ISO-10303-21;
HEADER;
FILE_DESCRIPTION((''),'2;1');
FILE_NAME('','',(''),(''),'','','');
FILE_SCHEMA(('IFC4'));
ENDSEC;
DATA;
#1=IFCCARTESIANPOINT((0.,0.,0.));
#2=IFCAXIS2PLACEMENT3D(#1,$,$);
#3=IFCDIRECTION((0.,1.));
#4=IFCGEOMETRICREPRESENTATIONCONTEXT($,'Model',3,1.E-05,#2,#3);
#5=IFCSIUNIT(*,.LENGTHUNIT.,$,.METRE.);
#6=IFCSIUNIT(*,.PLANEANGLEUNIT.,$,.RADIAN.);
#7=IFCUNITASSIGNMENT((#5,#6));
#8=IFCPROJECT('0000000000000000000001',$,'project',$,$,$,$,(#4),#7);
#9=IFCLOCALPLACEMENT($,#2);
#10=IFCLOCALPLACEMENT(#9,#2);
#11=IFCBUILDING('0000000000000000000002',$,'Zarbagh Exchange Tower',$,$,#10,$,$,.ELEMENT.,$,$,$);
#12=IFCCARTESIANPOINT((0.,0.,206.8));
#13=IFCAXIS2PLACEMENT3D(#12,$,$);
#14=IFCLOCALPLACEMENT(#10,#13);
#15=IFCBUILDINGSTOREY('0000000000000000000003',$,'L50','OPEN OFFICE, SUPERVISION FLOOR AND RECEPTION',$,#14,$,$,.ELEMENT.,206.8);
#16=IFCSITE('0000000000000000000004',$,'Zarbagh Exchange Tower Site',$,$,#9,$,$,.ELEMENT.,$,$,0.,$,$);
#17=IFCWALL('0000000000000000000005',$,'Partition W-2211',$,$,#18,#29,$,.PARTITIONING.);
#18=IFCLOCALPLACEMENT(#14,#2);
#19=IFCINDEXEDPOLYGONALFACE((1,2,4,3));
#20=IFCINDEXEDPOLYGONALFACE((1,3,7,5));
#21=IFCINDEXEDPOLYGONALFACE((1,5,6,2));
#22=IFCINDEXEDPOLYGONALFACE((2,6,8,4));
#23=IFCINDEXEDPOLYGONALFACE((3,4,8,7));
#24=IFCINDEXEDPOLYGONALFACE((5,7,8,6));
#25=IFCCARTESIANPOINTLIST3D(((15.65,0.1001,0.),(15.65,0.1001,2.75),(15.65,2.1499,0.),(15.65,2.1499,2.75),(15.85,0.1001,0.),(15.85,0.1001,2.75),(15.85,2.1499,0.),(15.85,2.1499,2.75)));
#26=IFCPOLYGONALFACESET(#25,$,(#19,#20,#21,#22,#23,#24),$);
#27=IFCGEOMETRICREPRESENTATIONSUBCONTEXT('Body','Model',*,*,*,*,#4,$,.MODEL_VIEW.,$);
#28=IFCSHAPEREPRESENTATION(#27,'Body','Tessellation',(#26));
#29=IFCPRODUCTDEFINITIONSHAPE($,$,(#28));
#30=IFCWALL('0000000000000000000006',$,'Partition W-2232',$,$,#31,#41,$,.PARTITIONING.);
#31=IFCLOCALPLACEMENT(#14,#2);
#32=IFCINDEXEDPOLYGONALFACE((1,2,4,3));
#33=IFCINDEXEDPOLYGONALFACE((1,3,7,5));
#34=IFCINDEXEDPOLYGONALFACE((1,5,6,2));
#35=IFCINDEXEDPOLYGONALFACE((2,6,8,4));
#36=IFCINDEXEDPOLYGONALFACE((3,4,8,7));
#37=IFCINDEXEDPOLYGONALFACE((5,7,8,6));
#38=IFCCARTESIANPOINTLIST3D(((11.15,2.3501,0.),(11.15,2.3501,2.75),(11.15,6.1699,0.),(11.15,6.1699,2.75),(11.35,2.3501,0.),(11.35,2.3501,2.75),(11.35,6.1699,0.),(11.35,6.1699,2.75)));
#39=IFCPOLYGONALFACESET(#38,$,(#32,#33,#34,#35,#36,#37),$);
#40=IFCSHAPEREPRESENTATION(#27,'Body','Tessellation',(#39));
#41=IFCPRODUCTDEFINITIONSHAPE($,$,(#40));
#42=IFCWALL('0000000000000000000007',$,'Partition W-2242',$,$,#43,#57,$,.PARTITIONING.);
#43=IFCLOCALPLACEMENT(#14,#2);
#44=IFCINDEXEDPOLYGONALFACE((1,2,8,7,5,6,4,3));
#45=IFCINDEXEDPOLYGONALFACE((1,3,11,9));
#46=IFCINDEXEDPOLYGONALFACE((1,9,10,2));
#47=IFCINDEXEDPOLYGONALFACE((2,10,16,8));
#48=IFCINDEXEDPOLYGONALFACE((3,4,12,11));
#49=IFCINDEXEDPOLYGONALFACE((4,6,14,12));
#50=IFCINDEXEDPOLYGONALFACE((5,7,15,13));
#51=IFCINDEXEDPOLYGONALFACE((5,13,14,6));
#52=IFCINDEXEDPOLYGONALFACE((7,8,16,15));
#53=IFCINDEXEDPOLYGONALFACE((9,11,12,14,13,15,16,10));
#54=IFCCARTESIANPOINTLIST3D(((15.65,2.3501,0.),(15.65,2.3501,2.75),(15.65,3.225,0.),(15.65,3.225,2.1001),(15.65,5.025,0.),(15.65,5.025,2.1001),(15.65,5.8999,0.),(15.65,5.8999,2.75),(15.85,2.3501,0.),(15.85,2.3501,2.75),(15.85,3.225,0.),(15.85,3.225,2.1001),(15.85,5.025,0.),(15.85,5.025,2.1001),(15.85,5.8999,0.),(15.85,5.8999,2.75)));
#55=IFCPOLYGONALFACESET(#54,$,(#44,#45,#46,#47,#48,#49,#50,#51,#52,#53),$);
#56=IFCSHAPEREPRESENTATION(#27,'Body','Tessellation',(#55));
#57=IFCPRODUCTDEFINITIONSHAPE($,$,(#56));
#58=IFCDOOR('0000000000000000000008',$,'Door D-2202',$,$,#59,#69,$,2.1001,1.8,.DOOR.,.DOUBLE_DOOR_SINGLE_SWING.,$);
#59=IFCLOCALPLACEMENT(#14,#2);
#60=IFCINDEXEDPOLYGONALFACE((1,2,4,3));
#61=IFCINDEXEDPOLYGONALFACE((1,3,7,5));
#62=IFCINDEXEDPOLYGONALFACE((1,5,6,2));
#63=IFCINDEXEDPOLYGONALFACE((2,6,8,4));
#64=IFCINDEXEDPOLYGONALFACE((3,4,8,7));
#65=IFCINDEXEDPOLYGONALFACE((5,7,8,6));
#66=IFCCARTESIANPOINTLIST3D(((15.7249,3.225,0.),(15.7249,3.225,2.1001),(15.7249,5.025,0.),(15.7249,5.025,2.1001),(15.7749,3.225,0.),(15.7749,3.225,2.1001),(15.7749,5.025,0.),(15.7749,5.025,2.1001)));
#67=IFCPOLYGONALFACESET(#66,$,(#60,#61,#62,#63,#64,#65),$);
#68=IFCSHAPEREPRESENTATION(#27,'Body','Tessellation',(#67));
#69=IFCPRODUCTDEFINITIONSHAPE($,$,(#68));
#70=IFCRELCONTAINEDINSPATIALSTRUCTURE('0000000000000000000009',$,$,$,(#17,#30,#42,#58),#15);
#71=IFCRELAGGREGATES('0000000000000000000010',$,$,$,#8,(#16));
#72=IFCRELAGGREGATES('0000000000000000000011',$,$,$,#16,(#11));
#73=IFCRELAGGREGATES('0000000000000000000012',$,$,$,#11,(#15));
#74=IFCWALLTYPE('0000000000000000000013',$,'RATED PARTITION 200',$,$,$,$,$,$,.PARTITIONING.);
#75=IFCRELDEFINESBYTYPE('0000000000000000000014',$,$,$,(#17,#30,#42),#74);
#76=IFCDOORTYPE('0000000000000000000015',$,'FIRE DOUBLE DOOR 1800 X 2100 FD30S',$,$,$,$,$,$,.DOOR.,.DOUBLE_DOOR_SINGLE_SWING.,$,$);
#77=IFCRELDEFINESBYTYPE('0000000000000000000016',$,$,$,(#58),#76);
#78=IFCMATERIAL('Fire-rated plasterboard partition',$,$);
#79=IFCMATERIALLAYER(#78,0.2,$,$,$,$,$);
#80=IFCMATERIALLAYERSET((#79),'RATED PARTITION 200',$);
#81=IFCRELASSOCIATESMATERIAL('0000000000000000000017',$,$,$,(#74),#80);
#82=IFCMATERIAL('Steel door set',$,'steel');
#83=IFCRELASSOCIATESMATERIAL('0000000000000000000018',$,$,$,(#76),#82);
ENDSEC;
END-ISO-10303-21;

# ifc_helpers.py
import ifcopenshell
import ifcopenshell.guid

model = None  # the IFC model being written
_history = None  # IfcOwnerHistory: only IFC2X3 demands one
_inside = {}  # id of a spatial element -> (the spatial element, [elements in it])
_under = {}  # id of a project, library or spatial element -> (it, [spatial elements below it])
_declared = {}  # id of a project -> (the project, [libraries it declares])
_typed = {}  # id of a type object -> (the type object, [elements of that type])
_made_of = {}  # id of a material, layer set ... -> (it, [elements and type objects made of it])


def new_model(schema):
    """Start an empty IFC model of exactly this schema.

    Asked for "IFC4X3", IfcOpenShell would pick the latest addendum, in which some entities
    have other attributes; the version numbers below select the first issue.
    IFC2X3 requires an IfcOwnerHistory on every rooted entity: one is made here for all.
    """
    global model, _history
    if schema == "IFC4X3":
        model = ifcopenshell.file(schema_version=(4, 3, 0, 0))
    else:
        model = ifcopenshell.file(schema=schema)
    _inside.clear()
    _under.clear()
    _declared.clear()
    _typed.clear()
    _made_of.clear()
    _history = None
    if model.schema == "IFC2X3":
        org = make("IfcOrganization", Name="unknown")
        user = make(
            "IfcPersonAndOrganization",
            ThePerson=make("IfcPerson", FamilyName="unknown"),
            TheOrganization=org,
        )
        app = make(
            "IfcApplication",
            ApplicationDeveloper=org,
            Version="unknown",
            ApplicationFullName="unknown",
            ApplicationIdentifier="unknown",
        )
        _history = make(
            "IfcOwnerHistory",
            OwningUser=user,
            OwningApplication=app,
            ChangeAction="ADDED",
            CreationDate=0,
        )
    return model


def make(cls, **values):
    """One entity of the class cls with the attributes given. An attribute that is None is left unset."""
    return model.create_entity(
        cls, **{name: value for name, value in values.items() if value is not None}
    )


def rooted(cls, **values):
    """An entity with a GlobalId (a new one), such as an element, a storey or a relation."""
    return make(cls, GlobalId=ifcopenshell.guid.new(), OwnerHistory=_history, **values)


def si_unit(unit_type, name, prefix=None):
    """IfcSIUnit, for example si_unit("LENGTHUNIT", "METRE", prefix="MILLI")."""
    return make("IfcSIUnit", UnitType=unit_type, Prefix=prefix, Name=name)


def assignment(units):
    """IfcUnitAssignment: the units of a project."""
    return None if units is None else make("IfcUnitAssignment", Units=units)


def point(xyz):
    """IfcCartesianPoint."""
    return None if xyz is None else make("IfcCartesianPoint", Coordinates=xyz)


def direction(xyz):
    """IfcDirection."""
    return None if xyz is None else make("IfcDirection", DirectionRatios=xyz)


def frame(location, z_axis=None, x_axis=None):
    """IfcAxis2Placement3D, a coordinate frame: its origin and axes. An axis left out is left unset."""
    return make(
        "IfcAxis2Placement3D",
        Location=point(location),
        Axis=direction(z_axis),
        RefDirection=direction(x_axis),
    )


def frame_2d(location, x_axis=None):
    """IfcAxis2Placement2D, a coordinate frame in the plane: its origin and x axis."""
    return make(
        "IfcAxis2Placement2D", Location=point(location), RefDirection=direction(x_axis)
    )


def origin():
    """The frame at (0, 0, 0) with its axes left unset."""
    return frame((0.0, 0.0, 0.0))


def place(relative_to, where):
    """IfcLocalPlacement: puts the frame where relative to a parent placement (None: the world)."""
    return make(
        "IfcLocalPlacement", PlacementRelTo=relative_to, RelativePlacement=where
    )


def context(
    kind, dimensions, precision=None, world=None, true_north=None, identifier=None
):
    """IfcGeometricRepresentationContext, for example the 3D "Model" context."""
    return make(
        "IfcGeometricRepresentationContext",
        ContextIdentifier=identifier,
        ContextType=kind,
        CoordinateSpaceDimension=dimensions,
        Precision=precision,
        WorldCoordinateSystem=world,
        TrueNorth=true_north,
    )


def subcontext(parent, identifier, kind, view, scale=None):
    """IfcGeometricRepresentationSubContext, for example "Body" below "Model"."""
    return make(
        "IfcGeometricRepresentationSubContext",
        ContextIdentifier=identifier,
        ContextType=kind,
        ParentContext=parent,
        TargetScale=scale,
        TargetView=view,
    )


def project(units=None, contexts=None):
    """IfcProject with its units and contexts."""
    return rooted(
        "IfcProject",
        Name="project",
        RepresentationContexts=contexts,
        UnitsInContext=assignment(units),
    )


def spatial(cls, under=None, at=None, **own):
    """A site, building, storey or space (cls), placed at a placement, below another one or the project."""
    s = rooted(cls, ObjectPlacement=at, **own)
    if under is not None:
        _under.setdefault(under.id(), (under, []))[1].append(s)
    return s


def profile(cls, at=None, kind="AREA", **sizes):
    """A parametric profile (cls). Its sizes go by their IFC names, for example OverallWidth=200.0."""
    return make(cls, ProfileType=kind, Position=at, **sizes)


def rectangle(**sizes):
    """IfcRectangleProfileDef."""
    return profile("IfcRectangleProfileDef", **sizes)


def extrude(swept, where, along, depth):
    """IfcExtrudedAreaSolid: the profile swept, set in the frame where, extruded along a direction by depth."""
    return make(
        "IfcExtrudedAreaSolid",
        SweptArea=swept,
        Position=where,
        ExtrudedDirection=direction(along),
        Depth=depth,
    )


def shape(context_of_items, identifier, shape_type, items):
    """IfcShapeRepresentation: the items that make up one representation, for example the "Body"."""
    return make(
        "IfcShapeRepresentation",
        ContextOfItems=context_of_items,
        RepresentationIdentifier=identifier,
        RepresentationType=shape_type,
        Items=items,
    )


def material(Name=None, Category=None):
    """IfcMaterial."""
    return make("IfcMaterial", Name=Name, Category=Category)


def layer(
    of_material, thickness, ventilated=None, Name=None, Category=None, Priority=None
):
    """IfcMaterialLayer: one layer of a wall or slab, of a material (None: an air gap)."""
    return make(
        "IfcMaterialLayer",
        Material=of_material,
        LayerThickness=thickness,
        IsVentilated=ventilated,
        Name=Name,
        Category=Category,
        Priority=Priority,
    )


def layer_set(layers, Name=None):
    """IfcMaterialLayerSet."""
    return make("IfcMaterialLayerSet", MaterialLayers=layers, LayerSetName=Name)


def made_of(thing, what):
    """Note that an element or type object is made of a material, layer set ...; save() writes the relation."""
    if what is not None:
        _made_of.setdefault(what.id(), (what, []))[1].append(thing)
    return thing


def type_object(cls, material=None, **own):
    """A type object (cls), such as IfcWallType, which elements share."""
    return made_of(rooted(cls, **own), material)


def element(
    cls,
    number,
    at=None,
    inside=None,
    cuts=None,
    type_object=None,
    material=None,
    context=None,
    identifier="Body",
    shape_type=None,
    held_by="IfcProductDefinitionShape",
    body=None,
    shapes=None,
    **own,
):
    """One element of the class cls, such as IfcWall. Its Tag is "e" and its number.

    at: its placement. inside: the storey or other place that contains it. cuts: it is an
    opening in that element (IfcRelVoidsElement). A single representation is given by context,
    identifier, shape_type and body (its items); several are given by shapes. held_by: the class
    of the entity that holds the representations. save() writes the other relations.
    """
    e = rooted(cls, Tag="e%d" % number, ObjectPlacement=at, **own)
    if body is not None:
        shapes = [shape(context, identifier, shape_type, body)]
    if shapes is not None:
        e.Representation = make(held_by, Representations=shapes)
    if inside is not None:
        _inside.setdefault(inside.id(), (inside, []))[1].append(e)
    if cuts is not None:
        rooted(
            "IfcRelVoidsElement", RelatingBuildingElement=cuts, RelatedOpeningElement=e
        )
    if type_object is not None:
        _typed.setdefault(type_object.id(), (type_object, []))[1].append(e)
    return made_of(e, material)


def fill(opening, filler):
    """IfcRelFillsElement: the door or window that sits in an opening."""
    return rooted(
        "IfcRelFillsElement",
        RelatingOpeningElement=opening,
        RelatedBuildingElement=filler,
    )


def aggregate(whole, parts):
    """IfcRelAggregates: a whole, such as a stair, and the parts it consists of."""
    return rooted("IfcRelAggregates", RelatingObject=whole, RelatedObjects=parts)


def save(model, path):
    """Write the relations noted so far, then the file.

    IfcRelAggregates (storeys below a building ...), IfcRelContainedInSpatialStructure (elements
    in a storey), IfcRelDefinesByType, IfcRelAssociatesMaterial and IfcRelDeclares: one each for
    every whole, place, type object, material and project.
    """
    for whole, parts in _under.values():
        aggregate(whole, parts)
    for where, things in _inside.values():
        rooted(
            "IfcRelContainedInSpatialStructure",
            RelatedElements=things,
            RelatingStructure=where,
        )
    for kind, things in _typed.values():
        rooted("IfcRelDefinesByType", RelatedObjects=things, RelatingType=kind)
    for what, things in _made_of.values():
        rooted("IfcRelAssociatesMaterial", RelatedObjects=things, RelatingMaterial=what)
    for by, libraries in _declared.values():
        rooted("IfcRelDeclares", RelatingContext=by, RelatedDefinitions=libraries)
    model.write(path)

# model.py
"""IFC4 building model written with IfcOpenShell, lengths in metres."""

from ifc_helpers import new_model, si_unit, direction, frame, frame_2d, origin, place, context, subcontext, project, spatial, rectangle, extrude, material, layer, layer_set, type_object, element, fill, save


model = new_model("IFC4")

# Units and contexts
model_context = context("Model", 3, precision=1e-05, world=origin(), true_north=direction((0.0, 1.0)))
body_context = subcontext(model_context, "Body", "Model", "MODEL_VIEW")
ifc_project = project(units=[si_unit("LENGTHUNIT", "METRE"), si_unit("PLANEANGLEUNIT", "RADIAN")], contexts=[model_context])

# Site, building, storey
site_placement = place(None, origin())
site = spatial("IfcSite", under=ifc_project, at=site_placement, Name="Zarbagh Exchange Tower Site", CompositionType="ELEMENT", RefElevation=0.0)
building_placement = place(site_placement, origin())
building = spatial("IfcBuilding", under=site, at=building_placement, Name="Zarbagh Exchange Tower", CompositionType="ELEMENT")
storey_placement = place(building_placement, frame((0.0, 0.0, 206.8)))
storey = spatial("IfcBuildingStorey", under=building, at=storey_placement, Name="L50", Description="OPEN OFFICE, SUPERVISION FLOOR AND RECEPTION", CompositionType="ELEMENT", Elevation=206.8)

# Shared definitions
ifc_material_1 = material(Name="Fire-rated plasterboard partition")
ifc_layer_1 = layer(ifc_material_1, 0.2)
ifc_layer_set_1 = layer_set([ifc_layer_1], Name="RATED PARTITION 200")
wall_type_1 = type_object("IfcWallType", Name="RATED PARTITION 200", PredefinedType="PARTITIONING", material=ifc_layer_set_1)
ifc_material_2 = material(Name="Steel door set", Category="steel")

# Walls
wall_1_placement = place(storey_placement, frame((15.75, 0.1001, 0.0), z_axis=(0.0, 0.0, 1.0), x_axis=(0.0, 1.0, 0.0)))
element("IfcWall", 1, at=wall_1_placement, inside=storey, type_object=wall_type_1, Name="Partition W-2211", PredefinedType="PARTITIONING", context=body_context, shape_type="SweptSolid", body=[
    extrude(rectangle(XDim=2.0498, YDim=0.2, at=frame_2d((1.0249, 0.0))), origin(), (0.0, 0.0, 1.0), 2.75),
])
wall_2_placement = place(storey_placement, frame((11.25, 2.3501, 0.0), z_axis=(0.0, 0.0, 1.0), x_axis=(0.0, 1.0, 0.0)))
element("IfcWall", 2, at=wall_2_placement, inside=storey, type_object=wall_type_1, Name="Partition W-2232", PredefinedType="PARTITIONING", context=body_context, shape_type="SweptSolid", body=[
    extrude(rectangle(XDim=3.8198, YDim=0.2, at=frame_2d((1.9099, 0.0))), origin(), (0.0, 0.0, 1.0), 2.75),
])

# Wall, opening, door
wall_3_placement = place(storey_placement, frame((15.75, 5.8999, 0.0), z_axis=(0.0, 0.0, 1.0), x_axis=(0.0, -1.0, 0.0)))
wall_3 = element("IfcWall", 3, at=wall_3_placement, inside=storey, type_object=wall_type_1, Name="Partition W-2242", PredefinedType="PARTITIONING", context=body_context, shape_type="SweptSolid", body=[
    extrude(rectangle(XDim=3.5498, YDim=0.2, at=frame_2d((1.7749, 0.0))), origin(), (0.0, 0.0, 1.0), 2.75),
])
opening_1_placement = place(wall_3_placement, frame((0.875, 0.0, 0.0)))
opening_1 = element("IfcOpeningElement", 4, at=opening_1_placement, cuts=wall_3, PredefinedType="OPENING", context=body_context, shape_type="SweptSolid", body=[
    extrude(rectangle(XDim=1.8, YDim=2.1001, at=frame_2d((0.8999, 1.05))), frame((0.0, 0.1099, 0.0), z_axis=(0.0, -1.0, 0.0), x_axis=(1.0, 0.0, 0.0)), (0.0, 0.0, 1.0), 0.22),
])
door_type_1 = type_object("IfcDoorType", Name="FIRE DOUBLE DOOR 1800 X 2100 FD30S", OperationType="DOUBLE_DOOR_SINGLE_SWING", PredefinedType="DOOR", material=ifc_material_2)
door_1_placement = place(opening_1_placement, origin())
door_1 = element("IfcDoor", 5, at=door_1_placement, inside=storey, type_object=door_type_1, Name="Door D-2202", OperationType="DOUBLE_DOOR_SINGLE_SWING", OverallHeight=2.1001, OverallWidth=1.8, PredefinedType="DOOR", context=body_context, shape_type="SweptSolid", body=[
    extrude(rectangle(XDim=1.8, YDim=2.1001, at=frame_2d((0.8999, 1.05))), frame((0.0, 0.0249, 0.0), z_axis=(0.0, -1.0, 0.0), x_axis=(1.0, 0.0, 0.0)), (0.0, 0.0, 1.0), 0.05),
])
fill(opening_1, door_1)

save(model, "model.ifc")
